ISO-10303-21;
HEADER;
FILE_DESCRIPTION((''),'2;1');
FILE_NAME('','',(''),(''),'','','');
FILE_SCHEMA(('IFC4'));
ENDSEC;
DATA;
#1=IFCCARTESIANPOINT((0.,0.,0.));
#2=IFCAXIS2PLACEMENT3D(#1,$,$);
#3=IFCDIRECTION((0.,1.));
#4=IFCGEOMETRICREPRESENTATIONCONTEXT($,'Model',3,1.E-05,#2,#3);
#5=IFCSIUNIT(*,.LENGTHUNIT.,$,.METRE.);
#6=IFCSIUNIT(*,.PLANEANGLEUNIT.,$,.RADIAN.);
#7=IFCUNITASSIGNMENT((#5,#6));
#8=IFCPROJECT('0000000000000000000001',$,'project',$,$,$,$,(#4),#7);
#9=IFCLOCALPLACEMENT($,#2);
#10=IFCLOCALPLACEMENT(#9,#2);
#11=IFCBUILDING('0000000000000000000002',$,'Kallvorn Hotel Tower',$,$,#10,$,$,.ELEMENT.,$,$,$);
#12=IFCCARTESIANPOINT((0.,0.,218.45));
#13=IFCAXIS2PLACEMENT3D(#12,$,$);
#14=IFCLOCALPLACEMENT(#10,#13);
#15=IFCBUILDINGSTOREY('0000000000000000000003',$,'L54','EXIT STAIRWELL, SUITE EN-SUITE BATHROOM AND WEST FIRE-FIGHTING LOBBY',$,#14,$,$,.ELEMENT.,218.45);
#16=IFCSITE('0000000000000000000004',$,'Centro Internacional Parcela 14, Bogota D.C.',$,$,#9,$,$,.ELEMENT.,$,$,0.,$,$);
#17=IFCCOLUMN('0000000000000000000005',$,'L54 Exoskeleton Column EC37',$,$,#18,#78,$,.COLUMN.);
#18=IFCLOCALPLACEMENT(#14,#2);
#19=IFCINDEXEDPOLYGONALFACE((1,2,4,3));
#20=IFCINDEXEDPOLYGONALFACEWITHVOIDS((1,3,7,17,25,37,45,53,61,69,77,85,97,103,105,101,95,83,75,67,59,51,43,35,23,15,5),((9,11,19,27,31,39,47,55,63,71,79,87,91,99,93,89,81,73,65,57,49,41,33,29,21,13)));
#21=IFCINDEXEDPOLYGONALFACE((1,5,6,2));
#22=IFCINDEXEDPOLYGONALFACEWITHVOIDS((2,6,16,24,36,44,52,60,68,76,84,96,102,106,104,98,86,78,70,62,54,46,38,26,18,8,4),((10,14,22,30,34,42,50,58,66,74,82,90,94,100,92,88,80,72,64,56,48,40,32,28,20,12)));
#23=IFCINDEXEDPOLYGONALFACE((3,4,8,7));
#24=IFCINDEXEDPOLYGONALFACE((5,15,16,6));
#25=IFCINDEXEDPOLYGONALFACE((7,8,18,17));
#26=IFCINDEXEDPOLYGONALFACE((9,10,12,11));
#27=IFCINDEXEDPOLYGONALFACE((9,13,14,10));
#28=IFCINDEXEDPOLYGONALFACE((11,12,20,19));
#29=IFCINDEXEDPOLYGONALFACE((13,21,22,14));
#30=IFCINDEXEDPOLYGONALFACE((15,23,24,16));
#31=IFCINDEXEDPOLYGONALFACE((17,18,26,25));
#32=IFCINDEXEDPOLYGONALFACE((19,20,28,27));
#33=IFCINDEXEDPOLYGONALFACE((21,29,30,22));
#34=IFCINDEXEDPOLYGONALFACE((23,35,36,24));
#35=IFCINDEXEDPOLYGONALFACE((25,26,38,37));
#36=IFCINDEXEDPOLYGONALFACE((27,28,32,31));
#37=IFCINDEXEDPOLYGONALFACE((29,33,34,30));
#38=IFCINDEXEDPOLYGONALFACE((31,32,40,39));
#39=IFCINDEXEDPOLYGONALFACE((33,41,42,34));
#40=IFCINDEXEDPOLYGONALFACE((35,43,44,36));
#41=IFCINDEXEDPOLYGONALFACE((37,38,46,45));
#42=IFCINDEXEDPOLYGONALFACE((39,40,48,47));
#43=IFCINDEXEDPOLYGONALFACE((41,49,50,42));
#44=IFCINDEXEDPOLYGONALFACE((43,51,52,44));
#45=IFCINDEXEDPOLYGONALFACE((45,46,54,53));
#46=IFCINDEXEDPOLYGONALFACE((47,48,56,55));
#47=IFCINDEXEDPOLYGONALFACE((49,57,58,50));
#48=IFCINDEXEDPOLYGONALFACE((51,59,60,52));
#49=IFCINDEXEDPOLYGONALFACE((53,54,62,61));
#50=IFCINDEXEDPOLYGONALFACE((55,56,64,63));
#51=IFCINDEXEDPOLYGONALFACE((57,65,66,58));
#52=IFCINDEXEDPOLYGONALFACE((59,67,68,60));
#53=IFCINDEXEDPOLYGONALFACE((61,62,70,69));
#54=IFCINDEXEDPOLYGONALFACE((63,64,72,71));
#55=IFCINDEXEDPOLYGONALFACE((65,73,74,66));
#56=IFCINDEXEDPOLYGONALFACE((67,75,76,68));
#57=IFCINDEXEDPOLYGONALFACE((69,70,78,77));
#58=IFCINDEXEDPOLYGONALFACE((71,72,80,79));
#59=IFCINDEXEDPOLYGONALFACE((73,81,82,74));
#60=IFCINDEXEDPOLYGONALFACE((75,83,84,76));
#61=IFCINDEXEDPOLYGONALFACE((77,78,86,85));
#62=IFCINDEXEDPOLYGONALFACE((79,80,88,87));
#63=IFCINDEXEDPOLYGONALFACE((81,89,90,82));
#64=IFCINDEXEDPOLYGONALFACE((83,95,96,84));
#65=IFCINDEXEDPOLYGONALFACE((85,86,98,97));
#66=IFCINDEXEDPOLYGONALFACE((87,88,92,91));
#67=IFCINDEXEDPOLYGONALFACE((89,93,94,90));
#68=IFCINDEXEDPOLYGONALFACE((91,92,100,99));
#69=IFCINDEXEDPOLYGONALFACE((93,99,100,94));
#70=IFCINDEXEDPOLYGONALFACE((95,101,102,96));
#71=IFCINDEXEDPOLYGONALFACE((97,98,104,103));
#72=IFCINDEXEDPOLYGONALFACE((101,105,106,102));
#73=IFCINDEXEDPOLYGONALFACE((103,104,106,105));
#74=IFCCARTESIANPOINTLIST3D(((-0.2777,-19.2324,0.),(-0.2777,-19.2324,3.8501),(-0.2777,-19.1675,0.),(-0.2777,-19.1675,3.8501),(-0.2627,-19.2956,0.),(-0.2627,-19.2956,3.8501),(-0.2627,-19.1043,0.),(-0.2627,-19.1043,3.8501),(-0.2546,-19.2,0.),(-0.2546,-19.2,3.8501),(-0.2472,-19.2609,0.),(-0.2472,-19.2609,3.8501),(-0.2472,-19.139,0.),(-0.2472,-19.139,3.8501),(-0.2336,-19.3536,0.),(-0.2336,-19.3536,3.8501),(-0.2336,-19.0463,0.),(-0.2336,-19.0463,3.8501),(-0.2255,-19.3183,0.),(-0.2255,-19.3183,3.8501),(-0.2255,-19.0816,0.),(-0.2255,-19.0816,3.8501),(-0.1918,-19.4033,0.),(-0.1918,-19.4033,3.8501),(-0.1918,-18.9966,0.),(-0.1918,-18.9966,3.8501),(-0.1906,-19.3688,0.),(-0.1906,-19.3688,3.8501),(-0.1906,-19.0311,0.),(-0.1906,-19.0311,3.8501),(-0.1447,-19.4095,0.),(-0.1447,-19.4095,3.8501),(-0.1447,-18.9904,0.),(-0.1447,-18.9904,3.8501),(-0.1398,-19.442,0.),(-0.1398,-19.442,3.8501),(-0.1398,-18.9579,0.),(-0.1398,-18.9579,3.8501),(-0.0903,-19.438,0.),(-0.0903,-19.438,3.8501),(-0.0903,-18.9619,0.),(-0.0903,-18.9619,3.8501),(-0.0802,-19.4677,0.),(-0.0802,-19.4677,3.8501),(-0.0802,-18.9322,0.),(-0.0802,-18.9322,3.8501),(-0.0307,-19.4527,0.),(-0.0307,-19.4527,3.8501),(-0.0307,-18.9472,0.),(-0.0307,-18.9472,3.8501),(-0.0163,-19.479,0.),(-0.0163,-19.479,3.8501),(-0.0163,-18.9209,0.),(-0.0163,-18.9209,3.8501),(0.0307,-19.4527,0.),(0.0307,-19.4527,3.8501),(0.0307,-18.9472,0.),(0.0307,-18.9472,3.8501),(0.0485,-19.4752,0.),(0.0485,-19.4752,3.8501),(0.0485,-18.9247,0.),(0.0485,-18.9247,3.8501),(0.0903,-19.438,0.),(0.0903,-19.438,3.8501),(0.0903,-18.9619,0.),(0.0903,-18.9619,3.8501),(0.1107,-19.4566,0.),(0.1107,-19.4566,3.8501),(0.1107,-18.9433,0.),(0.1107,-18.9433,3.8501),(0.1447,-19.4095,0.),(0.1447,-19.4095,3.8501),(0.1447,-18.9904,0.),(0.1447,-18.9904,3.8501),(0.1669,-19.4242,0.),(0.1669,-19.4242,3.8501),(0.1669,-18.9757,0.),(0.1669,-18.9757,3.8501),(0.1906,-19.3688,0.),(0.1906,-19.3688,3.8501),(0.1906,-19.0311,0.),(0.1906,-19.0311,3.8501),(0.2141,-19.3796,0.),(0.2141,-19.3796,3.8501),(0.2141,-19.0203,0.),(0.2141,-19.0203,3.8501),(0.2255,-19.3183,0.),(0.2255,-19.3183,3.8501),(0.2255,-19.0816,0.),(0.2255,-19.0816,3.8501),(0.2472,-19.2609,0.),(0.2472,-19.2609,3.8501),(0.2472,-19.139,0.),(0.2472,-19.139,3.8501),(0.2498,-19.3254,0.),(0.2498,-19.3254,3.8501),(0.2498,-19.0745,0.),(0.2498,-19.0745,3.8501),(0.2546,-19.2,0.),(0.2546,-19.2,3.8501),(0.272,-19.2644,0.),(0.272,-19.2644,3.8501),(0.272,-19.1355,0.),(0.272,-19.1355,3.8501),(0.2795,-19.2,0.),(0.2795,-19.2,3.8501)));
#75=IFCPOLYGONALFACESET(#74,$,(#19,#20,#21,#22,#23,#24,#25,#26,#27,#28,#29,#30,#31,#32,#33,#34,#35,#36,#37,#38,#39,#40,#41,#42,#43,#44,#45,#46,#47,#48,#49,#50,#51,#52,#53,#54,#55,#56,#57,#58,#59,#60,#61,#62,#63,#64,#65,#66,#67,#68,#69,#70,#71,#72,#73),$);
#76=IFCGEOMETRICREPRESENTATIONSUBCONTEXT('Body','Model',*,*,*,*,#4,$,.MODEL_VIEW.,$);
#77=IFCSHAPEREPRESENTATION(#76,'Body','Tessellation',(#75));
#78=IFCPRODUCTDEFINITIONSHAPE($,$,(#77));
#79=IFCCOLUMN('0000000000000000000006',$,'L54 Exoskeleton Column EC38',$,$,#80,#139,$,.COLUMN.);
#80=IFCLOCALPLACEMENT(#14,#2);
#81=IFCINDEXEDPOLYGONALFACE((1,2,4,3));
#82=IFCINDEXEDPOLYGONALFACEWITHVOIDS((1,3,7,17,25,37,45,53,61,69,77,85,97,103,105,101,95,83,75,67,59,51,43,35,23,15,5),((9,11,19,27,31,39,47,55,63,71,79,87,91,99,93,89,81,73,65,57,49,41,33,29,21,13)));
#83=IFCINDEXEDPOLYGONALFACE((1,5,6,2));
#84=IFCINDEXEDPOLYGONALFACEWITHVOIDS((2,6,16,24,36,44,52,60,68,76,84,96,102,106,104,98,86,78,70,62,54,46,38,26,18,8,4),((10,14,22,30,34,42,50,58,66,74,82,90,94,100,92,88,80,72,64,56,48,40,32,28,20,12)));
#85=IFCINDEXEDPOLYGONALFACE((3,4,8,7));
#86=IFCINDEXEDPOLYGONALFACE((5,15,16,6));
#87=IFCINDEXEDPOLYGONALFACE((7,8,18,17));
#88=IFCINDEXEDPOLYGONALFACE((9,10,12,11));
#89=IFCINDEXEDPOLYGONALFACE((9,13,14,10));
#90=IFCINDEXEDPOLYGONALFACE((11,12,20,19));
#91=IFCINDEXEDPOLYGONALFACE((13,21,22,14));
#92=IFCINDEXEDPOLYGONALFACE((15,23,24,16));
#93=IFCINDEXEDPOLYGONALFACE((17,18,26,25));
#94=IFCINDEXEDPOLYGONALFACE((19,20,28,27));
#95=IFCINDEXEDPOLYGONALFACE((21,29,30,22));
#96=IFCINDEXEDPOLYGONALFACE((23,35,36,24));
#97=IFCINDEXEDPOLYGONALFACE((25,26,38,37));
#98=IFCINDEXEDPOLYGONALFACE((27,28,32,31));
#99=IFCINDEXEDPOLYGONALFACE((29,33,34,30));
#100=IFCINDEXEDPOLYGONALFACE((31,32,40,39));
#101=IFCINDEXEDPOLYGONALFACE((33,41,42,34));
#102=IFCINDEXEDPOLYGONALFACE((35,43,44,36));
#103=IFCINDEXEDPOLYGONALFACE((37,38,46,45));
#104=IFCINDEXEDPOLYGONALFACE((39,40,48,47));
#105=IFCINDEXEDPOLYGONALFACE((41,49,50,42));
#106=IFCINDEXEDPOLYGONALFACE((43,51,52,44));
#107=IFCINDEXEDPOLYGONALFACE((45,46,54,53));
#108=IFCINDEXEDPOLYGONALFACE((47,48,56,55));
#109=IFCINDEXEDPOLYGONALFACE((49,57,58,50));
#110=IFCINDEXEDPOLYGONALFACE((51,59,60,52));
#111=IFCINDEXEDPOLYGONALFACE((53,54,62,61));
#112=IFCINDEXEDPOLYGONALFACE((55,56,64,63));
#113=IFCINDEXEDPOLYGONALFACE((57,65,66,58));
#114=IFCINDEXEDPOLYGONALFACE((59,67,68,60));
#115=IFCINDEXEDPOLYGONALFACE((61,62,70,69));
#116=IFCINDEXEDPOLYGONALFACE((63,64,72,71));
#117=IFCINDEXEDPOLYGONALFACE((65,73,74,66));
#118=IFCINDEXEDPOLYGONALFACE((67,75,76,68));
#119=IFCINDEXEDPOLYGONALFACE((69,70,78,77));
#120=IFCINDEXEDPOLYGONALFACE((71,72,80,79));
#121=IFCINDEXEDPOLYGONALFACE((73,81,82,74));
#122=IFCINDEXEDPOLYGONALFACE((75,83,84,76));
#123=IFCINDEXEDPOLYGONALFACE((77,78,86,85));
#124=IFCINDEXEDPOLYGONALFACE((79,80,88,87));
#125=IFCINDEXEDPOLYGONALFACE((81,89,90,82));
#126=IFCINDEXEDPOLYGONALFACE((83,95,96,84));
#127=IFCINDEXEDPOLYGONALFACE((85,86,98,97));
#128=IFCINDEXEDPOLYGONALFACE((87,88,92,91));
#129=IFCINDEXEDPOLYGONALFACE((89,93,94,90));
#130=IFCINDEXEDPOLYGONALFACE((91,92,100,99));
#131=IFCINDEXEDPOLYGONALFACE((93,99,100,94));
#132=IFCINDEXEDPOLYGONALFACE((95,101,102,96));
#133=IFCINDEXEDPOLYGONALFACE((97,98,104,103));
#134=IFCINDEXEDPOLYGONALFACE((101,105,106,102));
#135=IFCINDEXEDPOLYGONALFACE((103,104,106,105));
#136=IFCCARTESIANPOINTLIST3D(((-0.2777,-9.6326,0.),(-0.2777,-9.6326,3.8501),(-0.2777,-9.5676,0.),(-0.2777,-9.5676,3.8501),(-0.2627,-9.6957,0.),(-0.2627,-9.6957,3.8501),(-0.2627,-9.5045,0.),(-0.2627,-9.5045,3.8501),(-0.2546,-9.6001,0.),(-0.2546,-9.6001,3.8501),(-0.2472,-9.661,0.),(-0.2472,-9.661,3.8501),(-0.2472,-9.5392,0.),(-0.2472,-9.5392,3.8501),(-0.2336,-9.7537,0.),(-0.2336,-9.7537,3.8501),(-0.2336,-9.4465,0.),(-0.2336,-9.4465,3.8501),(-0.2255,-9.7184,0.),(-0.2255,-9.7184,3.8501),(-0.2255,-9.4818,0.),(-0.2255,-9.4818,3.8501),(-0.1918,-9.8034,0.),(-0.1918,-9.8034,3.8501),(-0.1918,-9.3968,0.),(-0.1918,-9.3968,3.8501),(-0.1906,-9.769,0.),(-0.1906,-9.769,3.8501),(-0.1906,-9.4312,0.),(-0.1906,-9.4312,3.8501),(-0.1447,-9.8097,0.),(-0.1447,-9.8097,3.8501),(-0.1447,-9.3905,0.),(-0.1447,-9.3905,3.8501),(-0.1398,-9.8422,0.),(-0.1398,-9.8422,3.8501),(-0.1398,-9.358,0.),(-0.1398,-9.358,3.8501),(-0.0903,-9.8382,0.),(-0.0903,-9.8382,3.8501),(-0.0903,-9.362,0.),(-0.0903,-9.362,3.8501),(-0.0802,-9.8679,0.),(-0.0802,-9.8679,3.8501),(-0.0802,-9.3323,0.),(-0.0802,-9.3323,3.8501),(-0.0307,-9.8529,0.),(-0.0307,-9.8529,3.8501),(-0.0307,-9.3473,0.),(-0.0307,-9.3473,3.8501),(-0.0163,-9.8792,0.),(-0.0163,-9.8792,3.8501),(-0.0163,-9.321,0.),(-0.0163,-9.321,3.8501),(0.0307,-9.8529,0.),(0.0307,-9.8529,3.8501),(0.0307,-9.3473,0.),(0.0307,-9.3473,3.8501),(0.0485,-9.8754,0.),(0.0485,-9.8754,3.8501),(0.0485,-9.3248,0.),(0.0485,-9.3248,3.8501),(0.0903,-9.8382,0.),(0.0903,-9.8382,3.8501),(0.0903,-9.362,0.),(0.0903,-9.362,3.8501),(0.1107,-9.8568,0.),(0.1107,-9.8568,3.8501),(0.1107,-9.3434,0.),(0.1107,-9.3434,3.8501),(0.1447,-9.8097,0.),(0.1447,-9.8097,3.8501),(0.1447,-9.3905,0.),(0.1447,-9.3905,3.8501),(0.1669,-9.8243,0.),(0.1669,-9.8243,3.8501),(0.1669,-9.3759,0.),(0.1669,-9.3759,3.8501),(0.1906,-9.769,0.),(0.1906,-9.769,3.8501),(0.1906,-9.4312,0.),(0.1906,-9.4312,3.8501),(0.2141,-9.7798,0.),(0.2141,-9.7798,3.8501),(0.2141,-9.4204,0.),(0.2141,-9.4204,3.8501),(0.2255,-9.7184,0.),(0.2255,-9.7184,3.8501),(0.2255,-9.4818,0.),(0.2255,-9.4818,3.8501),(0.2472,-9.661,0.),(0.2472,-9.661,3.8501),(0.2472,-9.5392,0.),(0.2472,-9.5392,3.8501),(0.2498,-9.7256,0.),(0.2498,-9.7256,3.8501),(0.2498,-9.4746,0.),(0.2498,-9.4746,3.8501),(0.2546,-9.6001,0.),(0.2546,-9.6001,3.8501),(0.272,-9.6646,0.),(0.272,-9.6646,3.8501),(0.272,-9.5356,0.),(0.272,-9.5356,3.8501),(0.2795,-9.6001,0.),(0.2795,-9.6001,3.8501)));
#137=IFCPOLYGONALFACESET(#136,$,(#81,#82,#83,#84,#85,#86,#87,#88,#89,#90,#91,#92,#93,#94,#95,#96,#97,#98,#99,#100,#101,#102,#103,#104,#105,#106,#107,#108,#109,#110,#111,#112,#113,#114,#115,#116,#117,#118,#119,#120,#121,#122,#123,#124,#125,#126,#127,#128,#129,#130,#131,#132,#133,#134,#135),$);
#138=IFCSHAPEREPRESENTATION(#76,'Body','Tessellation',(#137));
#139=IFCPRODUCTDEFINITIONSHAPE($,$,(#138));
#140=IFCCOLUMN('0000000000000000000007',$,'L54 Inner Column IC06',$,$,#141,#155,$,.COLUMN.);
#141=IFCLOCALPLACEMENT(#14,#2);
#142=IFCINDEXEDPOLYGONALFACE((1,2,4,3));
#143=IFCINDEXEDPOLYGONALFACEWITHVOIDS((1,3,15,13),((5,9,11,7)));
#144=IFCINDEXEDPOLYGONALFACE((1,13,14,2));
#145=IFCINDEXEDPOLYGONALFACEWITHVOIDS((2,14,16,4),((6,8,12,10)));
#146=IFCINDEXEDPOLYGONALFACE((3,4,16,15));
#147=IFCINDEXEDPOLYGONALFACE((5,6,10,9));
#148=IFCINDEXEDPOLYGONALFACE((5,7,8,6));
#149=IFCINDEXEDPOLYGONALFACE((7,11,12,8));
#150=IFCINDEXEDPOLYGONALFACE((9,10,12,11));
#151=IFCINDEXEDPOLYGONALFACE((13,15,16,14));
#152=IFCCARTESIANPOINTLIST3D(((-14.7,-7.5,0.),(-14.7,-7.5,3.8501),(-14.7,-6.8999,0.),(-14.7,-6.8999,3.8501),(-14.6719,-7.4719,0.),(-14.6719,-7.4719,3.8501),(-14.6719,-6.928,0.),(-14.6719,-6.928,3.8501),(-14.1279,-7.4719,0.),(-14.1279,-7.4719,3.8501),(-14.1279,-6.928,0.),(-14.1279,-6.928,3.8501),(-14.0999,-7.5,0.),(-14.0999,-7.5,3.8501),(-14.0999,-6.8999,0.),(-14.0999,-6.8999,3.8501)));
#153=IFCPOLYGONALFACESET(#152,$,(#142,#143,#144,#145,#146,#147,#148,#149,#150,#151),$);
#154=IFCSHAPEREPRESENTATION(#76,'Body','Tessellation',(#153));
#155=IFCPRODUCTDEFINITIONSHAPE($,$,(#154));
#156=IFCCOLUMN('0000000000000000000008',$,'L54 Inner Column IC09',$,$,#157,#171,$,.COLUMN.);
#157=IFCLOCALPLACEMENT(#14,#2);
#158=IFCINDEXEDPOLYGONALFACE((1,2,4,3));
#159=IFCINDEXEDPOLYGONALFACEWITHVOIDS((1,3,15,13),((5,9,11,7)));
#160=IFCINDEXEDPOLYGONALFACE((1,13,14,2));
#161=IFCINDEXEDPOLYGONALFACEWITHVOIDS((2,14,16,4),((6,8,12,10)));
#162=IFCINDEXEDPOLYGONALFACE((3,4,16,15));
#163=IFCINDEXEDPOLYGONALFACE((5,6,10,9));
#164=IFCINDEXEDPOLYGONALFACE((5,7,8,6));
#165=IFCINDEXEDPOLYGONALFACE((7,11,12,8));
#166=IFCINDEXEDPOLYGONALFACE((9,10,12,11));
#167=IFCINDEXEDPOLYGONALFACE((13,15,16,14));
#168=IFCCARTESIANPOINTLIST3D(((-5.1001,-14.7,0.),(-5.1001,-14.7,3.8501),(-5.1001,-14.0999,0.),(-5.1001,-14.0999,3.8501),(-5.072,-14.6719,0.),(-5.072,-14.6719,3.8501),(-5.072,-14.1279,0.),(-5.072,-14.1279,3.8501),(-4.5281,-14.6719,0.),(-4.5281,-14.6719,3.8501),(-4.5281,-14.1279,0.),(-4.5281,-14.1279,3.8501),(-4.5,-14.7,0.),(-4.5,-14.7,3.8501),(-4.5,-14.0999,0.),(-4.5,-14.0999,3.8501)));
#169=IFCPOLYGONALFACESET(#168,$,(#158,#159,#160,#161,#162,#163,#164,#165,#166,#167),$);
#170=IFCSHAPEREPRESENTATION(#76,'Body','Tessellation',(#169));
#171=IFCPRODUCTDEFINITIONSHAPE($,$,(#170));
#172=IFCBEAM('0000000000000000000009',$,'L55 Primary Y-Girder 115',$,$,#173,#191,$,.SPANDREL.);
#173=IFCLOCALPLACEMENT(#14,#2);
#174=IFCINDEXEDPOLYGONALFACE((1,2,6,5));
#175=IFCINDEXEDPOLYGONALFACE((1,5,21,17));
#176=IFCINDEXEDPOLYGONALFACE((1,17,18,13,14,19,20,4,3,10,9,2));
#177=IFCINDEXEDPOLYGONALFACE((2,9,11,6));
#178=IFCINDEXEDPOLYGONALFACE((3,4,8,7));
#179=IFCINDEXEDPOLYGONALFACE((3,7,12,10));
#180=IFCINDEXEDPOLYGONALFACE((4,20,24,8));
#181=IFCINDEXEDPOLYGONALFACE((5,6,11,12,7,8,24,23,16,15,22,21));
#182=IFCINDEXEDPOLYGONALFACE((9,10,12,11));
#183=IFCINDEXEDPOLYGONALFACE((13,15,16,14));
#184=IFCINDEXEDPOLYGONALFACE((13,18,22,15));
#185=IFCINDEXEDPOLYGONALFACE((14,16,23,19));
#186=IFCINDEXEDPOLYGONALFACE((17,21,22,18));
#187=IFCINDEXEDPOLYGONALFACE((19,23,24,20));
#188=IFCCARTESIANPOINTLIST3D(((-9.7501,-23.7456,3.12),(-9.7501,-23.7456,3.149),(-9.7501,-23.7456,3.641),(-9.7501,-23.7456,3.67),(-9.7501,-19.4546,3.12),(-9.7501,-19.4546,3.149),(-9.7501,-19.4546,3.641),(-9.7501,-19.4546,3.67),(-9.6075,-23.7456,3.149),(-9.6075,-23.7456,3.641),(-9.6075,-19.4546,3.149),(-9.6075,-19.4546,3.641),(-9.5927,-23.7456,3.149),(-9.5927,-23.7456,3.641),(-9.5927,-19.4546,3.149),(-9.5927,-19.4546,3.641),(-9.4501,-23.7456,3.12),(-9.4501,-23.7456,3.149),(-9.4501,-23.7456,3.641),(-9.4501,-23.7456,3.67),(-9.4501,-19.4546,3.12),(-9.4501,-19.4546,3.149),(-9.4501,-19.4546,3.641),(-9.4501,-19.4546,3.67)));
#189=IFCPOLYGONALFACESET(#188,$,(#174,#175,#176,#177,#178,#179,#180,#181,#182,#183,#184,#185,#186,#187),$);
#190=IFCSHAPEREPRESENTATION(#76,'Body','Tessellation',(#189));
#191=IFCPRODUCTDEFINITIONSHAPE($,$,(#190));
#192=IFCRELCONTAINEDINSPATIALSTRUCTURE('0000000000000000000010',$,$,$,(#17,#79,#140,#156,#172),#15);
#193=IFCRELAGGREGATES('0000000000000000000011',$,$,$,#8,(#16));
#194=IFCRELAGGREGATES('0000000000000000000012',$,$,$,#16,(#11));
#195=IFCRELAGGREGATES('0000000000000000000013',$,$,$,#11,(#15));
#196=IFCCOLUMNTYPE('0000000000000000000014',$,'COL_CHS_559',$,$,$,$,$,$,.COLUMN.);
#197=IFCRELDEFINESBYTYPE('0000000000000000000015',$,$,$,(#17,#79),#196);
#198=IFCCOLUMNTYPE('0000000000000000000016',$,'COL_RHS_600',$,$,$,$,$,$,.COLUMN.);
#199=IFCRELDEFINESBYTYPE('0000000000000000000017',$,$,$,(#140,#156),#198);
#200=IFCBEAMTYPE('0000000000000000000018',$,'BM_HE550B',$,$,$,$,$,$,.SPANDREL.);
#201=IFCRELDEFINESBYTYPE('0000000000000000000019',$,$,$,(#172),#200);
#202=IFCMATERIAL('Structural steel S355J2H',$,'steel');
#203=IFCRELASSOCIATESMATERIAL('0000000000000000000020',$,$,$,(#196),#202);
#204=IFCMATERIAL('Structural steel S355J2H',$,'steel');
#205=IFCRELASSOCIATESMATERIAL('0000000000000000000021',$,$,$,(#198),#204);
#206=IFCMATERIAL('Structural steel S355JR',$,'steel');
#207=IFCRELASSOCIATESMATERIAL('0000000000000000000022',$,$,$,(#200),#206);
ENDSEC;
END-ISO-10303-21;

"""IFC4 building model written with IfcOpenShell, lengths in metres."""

from ifc_helpers import new_model, si_unit, direction, frame, origin, origin_2d, place, context, subcontext, project, spatial, hollow_rectangle, hollow_circle, i_section, extrude, material, material_profile, profile_set, type_object, element, save


model = new_model("IFC4")

# Units and contexts
model_context = context("Model", 3, precision=1e-05, world=origin(), true_north=direction((0.0, 1.0)))
body_context = subcontext(model_context, "Body", "Model", "MODEL_VIEW")
ifc_project = project(units=[si_unit("LENGTHUNIT", "METRE"), si_unit("PLANEANGLEUNIT", "RADIAN")], contexts=[model_context])

# Site, building, storey
site_placement = place(None, origin())
site = spatial("IfcSite", under=ifc_project, at=site_placement, Name="Centro Internacional Parcela 14, Bogota D.C.", CompositionType="ELEMENT", RefElevation=0.0)
building_placement = place(site_placement, origin())
building = spatial("IfcBuilding", under=site, at=building_placement, Name="Kallvorn Hotel Tower", CompositionType="ELEMENT")
storey_placement = place(building_placement, frame((0.0, 0.0, 218.45)))
storey = spatial("IfcBuildingStorey", under=building, at=storey_placement, Name="L54", Description="EXIT STAIRWELL, SUITE EN-SUITE BATHROOM AND WEST FIRE-FIGHTING LOBBY", CompositionType="ELEMENT", Elevation=218.45)

# Columns
ifc_material_1 = material(Name="Structural steel S355J2H", Category="steel")
ifc_material_profile_1 = material_profile(ifc_material_1, hollow_circle(Radius=0.2795, WallThickness=0.0249, at=origin_2d()), Name="CHS 559x25")
ifc_profile_set_1 = profile_set([ifc_material_profile_1], Name="Structural steel S355J2H")
column_type_1 = type_object("IfcColumnType", Name="COL_CHS_559", PredefinedType="COLUMN", material=ifc_profile_set_1)
for number, where, z_axis, x_axis, name in (
    (1, (0.0, -19.2, 0.0), (0.0, 0.0, 1.0), (1.0, 0.0, 0.0), "L54 Exoskeleton Column EC37"),
    (2, (0.0, -9.6001, 0.0), (0.0, 0.0, 1.0), (1.0, 0.0, 0.0), "L54 Exoskeleton Column EC38"),
):
    element("IfcColumn", number, at=place(storey_placement, frame(where, z_axis=z_axis, x_axis=x_axis)), inside=storey, type_object=column_type_1, Name=name, PredefinedType="COLUMN", context=body_context, shape_type="SweptSolid", body=[
        extrude(hollow_circle(Radius=0.2795, WallThickness=0.0249, at=origin_2d()), origin(), (0.0, 0.0, 1.0), 3.8501),
    ])
ifc_material_2 = material(Name="Structural steel S355J2H", Category="steel")
ifc_material_profile_2 = material_profile(ifc_material_2, hollow_rectangle(XDim=0.6001, YDim=0.6001, WallThickness=0.0281, at=origin_2d()), Name="RHS 600x600x28")
ifc_profile_set_2 = profile_set([ifc_material_profile_2], Name="Structural steel S355J2H")
column_type_2 = type_object("IfcColumnType", Name="COL_RHS_600", PredefinedType="COLUMN", material=ifc_profile_set_2)
for number, where, z_axis, x_axis, name in (
    (3, (-14.3999, -7.2, 0.0), (0.0, 0.0, 1.0), (1.0, 0.0, 0.0), "L54 Inner Column IC06"),
    (4, (-4.8, -14.3999, 0.0), (0.0, 0.0, 1.0), (1.0, 0.0, 0.0), "L54 Inner Column IC09"),
):
    element("IfcColumn", number, at=place(storey_placement, frame(where, z_axis=z_axis, x_axis=x_axis)), inside=storey, type_object=column_type_2, Name=name, PredefinedType="COLUMN", context=body_context, shape_type="SweptSolid", body=[
        extrude(hollow_rectangle(XDim=0.6001, YDim=0.6001, WallThickness=0.0281, at=origin_2d()), origin(), (0.0, 0.0, 1.0), 3.8501),
    ])

# Beam
ifc_material_3 = material(Name="Structural steel S355JR", Category="steel")
ifc_material_profile_3 = material_profile(ifc_material_3, i_section(OverallWidth=0.3, OverallDepth=0.55, WebThickness=0.0149, FlangeThickness=0.0291, at=origin_2d()), Name="HE 550 B")
ifc_profile_set_3 = profile_set([ifc_material_profile_3], Name="Structural steel S355JR")
beam_type_1 = type_object("IfcBeamType", Name="BM_HE550B", PredefinedType="SPANDREL", material=ifc_profile_set_3)
for number, where, z_axis, x_axis, name in (
    (5, (-9.6001, -23.7456, 3.395), (0.0, 1.0, 0.0), (-1.0, 0.0, 0.0), "L55 Primary Y-Girder 115"),
):
    element("IfcBeam", number, at=place(storey_placement, frame(where, z_axis=z_axis, x_axis=x_axis)), inside=storey, type_object=beam_type_1, Name=name, PredefinedType="SPANDREL", context=body_context, shape_type="SweptSolid", body=[
        extrude(i_section(OverallWidth=0.3, OverallDepth=0.55, WebThickness=0.0149, FlangeThickness=0.0291, at=origin_2d()), origin(), (0.0, 0.0, 1.0), 4.291),
    ])

save(model, "model.ifc")
